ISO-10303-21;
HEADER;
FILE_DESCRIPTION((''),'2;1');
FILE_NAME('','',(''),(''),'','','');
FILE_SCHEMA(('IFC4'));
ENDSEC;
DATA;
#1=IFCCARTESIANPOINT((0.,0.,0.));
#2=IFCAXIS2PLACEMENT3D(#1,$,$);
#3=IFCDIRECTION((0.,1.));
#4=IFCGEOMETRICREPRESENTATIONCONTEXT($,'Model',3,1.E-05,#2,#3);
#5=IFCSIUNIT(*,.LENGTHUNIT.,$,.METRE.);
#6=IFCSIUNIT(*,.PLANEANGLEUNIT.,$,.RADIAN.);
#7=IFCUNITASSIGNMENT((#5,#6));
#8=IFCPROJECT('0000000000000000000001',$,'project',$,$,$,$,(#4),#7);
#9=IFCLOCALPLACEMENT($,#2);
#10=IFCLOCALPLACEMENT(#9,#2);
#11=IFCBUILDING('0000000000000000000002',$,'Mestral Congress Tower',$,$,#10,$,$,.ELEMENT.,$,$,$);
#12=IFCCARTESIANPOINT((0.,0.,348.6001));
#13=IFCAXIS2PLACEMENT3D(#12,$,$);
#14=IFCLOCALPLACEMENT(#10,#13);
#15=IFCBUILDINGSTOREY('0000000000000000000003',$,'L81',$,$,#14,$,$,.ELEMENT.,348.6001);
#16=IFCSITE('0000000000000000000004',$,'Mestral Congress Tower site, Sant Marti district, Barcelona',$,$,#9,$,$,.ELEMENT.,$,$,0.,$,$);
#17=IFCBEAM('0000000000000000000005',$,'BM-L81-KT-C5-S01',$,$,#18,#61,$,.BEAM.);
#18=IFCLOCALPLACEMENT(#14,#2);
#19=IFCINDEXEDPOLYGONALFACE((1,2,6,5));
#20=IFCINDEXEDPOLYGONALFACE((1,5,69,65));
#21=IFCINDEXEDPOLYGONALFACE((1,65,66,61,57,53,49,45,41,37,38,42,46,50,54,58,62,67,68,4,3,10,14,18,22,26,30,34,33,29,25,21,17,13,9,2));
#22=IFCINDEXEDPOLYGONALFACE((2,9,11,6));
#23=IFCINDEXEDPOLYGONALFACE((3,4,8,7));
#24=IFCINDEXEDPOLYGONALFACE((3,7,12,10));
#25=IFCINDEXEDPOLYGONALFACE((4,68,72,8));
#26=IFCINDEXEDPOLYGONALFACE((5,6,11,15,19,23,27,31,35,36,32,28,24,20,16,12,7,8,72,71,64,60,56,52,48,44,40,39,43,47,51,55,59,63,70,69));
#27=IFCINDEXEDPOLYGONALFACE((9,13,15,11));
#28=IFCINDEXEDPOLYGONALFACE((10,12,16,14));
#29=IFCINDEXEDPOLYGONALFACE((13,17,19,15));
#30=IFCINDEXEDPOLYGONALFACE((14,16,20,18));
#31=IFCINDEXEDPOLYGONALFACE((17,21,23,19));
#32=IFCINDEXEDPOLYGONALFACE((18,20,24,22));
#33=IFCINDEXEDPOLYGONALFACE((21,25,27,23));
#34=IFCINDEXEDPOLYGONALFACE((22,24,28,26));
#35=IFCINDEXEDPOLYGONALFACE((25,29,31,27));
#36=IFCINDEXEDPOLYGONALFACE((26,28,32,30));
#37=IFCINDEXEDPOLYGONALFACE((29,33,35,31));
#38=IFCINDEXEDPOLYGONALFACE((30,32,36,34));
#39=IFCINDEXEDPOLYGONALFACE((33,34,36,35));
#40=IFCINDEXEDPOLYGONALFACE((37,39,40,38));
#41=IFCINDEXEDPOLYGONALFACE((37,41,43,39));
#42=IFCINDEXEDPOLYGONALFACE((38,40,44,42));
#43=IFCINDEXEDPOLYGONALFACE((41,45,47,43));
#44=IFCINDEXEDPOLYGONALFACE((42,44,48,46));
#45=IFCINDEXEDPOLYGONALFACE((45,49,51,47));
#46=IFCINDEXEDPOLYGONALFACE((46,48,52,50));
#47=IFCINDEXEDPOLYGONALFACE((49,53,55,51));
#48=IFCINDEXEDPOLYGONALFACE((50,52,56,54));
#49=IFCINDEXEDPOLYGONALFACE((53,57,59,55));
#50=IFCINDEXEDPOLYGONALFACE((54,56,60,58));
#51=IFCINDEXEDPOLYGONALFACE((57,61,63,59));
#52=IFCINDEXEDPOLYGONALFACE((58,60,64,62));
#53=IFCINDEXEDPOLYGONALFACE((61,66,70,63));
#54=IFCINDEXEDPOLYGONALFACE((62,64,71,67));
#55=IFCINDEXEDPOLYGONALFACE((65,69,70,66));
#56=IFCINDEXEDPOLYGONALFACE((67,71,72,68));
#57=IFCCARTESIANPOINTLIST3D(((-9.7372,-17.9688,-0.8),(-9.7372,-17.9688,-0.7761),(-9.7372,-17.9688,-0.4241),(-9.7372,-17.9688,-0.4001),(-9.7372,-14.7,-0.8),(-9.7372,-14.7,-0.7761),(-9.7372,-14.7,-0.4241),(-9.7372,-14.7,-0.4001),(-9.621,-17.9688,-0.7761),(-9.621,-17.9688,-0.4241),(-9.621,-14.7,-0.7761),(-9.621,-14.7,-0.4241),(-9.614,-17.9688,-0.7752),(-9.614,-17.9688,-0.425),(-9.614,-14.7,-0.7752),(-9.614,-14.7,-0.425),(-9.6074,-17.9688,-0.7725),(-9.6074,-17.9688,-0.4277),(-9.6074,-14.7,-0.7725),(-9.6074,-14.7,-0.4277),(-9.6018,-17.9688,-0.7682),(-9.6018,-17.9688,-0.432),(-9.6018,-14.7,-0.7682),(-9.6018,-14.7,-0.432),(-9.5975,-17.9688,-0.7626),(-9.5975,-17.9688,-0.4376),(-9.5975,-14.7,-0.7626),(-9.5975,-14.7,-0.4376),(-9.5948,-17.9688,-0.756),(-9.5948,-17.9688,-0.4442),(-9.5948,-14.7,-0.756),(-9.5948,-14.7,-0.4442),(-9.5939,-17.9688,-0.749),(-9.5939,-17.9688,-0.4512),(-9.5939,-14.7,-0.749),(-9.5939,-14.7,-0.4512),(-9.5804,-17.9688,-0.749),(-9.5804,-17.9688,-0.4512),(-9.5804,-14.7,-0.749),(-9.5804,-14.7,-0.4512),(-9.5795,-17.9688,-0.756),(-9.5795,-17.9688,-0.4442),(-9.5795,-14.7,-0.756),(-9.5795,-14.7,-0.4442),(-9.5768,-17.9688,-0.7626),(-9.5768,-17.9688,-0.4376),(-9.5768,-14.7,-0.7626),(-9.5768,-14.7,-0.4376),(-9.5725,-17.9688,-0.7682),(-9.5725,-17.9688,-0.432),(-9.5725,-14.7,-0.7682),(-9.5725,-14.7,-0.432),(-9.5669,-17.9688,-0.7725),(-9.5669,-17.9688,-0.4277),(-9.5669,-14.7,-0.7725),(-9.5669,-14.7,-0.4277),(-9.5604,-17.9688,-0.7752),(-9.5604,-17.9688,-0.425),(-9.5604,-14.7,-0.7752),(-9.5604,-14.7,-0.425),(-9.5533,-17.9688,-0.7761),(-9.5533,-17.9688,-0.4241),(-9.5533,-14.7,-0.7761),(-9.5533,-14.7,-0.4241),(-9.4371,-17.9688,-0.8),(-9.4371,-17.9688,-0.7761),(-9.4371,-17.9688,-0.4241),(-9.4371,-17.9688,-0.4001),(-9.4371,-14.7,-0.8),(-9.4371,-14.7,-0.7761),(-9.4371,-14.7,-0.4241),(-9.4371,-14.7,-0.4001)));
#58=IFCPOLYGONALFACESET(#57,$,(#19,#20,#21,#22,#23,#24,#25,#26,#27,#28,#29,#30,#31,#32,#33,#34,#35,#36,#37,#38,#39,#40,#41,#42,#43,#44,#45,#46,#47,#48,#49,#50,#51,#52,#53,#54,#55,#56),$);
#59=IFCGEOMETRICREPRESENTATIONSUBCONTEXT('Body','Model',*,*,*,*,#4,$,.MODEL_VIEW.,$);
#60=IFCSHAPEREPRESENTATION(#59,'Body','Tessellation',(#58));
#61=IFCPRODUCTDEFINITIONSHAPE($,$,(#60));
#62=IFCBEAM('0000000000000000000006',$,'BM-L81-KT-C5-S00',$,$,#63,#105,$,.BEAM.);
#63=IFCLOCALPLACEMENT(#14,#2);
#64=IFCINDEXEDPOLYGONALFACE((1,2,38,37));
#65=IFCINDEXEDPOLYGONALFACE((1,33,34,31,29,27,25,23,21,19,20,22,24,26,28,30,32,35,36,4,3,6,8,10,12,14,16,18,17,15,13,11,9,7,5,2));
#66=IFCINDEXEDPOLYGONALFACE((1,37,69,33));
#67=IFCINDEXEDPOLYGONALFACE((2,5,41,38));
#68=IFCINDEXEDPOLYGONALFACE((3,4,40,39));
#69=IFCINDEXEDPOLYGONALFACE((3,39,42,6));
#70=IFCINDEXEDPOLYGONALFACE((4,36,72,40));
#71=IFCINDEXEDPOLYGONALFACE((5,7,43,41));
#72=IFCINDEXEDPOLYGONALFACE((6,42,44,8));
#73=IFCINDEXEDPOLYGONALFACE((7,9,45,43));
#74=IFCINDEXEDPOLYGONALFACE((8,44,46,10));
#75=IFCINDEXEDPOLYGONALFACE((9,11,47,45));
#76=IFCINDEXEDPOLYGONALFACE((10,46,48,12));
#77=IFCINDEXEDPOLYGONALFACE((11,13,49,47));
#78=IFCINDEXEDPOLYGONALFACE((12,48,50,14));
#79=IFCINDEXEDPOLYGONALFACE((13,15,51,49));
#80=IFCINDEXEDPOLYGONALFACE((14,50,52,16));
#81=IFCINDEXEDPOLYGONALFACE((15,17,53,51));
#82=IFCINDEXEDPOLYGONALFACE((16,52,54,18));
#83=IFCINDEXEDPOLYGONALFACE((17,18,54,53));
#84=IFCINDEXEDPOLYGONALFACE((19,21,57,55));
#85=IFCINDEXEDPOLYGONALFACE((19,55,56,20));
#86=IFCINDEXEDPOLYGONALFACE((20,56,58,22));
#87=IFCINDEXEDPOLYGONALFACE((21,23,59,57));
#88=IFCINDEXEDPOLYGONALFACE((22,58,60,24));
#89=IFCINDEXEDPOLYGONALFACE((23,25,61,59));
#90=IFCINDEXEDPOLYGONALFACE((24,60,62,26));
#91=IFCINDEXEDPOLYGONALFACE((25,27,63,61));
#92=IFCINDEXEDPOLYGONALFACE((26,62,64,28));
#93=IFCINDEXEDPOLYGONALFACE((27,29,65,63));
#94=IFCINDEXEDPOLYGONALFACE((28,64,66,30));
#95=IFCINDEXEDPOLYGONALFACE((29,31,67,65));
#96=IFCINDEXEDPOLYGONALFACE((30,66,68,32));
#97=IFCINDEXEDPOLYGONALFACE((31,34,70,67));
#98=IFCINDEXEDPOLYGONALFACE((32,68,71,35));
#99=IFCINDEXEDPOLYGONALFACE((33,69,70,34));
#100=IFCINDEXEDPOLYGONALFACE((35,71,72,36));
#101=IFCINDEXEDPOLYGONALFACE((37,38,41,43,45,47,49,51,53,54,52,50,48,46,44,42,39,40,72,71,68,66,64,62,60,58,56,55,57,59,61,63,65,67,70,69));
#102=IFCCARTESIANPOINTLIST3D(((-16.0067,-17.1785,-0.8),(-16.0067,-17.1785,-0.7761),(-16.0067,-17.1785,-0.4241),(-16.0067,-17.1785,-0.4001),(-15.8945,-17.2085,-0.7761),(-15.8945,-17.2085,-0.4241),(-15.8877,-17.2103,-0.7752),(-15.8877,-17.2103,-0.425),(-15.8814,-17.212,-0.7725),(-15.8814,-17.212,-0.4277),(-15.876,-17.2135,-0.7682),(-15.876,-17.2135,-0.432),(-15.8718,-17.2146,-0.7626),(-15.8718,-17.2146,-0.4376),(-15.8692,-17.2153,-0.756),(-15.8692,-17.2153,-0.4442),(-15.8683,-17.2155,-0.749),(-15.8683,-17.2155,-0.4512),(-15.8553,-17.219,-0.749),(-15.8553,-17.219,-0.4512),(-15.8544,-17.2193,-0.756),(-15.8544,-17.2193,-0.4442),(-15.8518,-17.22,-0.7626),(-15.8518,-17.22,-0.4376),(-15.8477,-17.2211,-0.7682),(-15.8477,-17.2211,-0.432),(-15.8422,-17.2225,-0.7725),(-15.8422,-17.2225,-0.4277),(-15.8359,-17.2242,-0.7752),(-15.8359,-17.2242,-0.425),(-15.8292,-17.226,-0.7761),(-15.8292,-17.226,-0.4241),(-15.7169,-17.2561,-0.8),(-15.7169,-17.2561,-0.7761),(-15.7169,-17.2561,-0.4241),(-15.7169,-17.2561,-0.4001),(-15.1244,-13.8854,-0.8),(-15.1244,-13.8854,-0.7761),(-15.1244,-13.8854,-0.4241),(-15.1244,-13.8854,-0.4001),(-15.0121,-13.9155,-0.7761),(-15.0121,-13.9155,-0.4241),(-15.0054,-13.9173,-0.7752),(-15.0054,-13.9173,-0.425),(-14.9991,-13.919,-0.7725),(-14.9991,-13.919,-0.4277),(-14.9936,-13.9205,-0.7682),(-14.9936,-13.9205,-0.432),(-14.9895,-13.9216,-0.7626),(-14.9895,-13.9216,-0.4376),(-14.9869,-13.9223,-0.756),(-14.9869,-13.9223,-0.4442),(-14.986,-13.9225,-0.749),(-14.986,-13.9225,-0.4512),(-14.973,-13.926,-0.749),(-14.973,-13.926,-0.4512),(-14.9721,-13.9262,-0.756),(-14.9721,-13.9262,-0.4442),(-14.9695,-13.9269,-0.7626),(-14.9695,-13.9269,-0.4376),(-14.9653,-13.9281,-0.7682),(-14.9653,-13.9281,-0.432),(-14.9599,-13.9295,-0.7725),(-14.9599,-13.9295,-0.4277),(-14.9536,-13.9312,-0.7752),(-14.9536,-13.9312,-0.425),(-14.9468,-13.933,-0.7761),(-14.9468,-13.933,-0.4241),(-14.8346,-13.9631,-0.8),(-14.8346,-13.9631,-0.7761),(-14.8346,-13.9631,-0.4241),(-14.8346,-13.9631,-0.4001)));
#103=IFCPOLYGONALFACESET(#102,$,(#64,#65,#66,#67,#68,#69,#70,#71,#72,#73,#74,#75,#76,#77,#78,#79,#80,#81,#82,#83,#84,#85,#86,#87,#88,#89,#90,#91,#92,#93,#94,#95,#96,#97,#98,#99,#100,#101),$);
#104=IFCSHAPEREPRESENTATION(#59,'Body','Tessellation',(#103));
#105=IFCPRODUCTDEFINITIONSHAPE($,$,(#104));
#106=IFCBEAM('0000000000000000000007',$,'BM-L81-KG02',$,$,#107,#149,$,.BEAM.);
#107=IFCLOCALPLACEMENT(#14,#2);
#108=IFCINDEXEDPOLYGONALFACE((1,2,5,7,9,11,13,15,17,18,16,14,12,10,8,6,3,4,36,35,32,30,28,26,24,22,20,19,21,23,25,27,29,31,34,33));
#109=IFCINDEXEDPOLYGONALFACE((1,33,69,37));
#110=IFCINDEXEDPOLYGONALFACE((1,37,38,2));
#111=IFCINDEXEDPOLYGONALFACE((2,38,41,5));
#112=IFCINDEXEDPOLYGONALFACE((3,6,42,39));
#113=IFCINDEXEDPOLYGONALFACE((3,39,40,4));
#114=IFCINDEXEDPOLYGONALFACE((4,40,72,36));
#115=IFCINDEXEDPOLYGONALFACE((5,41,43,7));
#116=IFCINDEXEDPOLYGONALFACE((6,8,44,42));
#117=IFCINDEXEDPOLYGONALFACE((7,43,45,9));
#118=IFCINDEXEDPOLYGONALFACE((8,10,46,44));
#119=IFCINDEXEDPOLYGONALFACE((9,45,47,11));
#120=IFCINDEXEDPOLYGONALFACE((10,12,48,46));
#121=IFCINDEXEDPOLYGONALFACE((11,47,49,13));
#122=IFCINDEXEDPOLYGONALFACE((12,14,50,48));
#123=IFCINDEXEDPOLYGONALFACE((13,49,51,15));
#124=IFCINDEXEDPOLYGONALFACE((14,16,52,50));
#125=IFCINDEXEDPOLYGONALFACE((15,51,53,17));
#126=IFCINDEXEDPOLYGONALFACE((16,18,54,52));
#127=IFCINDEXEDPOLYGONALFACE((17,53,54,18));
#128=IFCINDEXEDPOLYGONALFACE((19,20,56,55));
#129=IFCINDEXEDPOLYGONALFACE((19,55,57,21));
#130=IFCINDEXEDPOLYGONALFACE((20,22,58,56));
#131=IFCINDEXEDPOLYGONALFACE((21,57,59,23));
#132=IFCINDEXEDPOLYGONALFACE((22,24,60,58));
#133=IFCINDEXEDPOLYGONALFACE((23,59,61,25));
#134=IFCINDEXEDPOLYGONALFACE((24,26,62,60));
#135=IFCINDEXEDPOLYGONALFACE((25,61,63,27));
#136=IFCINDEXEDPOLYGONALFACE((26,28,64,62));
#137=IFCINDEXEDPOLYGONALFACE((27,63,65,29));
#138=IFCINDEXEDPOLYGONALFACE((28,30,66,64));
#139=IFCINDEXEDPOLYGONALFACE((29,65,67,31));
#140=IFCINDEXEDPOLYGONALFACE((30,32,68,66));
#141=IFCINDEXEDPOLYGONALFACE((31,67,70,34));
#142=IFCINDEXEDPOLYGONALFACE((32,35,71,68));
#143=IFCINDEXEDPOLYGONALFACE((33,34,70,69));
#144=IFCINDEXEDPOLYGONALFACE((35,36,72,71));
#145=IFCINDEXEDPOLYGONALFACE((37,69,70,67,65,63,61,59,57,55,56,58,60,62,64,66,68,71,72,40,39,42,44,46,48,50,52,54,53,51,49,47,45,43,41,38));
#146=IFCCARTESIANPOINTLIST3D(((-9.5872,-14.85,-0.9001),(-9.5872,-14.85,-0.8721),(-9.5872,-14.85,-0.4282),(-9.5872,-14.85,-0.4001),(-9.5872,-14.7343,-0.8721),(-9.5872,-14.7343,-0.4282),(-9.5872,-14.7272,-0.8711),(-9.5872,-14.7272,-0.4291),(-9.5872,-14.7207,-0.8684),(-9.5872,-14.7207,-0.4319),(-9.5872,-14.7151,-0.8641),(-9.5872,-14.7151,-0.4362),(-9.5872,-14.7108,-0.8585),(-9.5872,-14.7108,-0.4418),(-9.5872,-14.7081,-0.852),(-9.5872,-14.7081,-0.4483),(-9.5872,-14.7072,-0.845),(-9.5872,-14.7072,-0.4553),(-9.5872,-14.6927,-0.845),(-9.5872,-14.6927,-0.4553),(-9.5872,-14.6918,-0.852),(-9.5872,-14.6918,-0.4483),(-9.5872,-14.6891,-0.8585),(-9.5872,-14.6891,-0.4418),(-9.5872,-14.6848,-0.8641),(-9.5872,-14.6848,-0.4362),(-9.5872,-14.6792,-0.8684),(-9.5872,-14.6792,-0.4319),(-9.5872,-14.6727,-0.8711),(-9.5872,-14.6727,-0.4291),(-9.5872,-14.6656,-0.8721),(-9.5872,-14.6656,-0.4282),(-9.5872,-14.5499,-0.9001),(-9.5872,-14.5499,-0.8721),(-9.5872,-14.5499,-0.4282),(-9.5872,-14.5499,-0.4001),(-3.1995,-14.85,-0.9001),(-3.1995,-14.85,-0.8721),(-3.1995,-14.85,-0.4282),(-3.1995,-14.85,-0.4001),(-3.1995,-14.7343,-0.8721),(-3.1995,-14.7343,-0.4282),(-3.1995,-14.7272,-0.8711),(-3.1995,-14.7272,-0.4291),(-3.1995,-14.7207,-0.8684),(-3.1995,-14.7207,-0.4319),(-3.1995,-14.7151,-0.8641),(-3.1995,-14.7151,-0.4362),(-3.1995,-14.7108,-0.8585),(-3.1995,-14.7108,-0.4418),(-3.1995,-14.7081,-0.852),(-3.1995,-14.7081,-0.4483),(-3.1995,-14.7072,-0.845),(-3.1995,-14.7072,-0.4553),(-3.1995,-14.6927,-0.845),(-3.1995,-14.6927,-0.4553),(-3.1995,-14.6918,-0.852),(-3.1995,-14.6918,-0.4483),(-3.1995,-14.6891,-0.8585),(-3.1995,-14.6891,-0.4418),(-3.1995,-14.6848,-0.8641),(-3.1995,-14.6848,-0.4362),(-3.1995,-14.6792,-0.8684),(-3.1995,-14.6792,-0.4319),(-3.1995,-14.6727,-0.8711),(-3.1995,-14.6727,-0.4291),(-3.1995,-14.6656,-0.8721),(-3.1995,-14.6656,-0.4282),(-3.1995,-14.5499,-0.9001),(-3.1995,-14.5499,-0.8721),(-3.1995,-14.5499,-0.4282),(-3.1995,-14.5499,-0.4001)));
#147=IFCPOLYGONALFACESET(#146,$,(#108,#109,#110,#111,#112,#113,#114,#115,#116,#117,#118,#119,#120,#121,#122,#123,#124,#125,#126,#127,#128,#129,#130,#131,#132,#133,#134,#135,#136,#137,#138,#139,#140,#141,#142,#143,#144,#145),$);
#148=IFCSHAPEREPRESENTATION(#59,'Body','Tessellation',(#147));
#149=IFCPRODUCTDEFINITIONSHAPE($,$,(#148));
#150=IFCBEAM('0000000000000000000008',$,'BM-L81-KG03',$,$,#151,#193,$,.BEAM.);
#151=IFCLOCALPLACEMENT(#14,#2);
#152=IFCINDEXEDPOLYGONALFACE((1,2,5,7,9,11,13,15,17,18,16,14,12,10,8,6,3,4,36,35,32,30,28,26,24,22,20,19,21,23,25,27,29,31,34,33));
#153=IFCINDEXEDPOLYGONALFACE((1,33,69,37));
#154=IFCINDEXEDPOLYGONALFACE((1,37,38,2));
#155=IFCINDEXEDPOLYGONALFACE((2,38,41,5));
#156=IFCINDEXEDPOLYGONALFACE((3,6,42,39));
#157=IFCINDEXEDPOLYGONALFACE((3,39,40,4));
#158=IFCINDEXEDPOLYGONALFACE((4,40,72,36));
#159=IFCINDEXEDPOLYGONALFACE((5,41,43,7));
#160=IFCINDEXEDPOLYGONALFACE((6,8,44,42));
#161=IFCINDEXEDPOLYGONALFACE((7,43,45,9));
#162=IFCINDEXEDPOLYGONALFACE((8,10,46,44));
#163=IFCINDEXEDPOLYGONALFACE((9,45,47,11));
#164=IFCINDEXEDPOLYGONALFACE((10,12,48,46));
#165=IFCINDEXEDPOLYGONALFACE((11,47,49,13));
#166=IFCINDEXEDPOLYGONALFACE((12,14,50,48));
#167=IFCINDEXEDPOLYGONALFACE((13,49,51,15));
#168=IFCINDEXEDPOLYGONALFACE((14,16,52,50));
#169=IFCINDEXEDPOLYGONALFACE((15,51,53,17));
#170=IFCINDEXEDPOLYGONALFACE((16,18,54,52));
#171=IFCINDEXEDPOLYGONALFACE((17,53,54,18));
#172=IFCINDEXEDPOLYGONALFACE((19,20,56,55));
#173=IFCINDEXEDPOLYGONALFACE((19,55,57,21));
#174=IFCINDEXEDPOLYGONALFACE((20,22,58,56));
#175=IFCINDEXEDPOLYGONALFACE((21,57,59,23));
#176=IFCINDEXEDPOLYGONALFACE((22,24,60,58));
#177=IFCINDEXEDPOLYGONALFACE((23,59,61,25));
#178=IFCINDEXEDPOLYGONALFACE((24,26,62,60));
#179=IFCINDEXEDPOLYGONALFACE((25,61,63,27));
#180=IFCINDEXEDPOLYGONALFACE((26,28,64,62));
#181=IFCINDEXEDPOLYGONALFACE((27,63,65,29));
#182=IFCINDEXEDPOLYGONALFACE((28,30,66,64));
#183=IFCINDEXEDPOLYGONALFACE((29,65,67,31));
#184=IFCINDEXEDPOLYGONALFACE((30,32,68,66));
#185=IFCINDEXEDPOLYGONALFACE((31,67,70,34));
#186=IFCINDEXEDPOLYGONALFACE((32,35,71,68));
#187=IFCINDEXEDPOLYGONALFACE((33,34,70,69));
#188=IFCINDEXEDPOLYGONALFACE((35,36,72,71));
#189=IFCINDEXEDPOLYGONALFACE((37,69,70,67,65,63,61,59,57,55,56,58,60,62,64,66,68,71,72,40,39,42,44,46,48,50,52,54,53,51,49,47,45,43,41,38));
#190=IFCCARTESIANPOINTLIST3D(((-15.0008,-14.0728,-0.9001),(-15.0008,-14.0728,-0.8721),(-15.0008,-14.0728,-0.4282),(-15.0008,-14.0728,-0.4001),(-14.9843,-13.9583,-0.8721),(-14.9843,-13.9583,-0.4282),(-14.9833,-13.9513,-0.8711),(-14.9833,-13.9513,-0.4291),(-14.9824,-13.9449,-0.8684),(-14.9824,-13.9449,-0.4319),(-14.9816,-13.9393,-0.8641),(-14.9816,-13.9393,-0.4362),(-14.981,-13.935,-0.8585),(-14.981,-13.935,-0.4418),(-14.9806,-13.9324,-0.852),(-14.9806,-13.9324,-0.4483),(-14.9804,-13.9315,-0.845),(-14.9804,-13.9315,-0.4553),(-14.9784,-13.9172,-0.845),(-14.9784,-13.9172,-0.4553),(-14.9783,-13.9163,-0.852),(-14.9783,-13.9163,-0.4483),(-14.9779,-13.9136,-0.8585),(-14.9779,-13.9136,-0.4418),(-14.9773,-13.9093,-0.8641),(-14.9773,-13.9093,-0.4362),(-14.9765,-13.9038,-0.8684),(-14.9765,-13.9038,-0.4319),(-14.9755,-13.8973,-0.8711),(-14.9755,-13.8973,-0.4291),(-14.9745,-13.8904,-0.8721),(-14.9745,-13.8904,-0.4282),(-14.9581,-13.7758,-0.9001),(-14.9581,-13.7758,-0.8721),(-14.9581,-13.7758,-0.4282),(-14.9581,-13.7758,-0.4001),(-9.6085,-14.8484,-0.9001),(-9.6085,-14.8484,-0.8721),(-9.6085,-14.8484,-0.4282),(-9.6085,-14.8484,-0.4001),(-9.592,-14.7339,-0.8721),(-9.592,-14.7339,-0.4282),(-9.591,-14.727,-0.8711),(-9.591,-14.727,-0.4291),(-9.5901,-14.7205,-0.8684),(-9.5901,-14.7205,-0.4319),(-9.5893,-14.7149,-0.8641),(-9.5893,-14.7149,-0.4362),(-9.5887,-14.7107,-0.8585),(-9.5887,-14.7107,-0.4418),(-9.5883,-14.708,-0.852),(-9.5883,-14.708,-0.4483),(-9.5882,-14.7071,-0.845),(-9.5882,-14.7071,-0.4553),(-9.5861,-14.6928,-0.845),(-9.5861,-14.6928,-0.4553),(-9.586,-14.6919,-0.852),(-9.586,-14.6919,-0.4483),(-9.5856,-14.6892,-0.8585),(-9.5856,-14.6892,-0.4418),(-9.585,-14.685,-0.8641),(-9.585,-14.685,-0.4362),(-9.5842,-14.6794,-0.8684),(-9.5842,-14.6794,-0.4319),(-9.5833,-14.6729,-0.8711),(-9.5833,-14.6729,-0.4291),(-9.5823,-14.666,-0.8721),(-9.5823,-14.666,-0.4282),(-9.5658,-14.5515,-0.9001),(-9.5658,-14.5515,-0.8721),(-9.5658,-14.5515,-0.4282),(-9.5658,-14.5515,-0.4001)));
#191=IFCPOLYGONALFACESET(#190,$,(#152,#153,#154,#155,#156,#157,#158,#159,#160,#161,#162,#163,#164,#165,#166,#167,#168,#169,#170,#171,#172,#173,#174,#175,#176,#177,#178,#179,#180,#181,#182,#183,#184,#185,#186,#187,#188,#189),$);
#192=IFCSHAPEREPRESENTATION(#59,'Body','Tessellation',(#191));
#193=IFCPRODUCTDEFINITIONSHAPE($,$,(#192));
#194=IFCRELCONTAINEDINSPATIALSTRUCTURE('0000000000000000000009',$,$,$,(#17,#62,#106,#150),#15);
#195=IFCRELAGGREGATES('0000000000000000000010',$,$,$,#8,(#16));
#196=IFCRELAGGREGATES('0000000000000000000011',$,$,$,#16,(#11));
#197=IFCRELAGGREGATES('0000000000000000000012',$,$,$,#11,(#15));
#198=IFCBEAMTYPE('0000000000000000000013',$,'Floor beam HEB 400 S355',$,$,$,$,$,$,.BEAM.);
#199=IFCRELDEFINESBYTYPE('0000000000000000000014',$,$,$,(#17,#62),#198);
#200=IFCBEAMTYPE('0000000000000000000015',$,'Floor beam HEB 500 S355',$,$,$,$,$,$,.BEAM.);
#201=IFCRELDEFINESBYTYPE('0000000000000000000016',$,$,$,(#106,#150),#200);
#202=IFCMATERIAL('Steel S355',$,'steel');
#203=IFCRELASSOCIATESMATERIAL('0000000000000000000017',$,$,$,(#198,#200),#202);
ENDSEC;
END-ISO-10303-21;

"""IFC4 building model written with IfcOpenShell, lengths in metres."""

from ifc_helpers import new_model, si_unit, direction, frame, origin, origin_2d, place, context, subcontext, project, spatial, i_section, extrude, material, material_profile, profile_set, type_object, element, save


model = new_model("IFC4")

# Units and contexts
model_context = context("Model", 3, precision=1e-05, world=origin(), true_north=direction((0.0, 1.0)))
body_context = subcontext(model_context, "Body", "Model", "MODEL_VIEW")
ifc_project = project(units=[si_unit("LENGTHUNIT", "METRE"), si_unit("PLANEANGLEUNIT", "RADIAN")], contexts=[model_context])

# Site, building, storey
site_placement = place(None, origin())
site = spatial("IfcSite", under=ifc_project, at=site_placement, Name="Mestral Congress Tower site, Sant Marti district, Barcelona", CompositionType="ELEMENT", RefElevation=0.0)
building_placement = place(site_placement, origin())
building = spatial("IfcBuilding", under=site, at=building_placement, Name="Mestral Congress Tower", CompositionType="ELEMENT")
storey_placement = place(building_placement, frame((0.0, 0.0, 348.6001)))
storey = spatial("IfcBuildingStorey", under=building, at=storey_placement, Name="L81", CompositionType="ELEMENT", Elevation=348.6001)

# Beams
ifc_material_1 = material(Name="Steel S355", Category="steel")
ifc_material_profile_1 = material_profile(ifc_material_1, i_section(OverallWidth=0.3, OverallDepth=0.3999, WebThickness=0.0134, FlangeThickness=0.0239, FilletRadius=0.0271, at=origin_2d()), Name="HEB 400")
ifc_profile_set_1 = profile_set([ifc_material_profile_1], Name="Steel S355")
beam_type_1 = type_object("IfcBeamType", Name="Floor beam HEB 400 S355", PredefinedType="BEAM", material=ifc_profile_set_1)
beam_1_placement = place(storey_placement, frame((-9.5872, -17.9688, -0.6001), z_axis=(0.0, 1.0, 0.0), x_axis=(-1.0, 0.0, 0.0)))
element("IfcBeam", 1, at=beam_1_placement, inside=storey, type_object=beam_type_1, Name="BM-L81-KT-C5-S01", PredefinedType="BEAM", context=body_context, shape_type="SweptSolid", body=[
    extrude(i_section(OverallWidth=0.3, OverallDepth=0.3999, WebThickness=0.0134, FlangeThickness=0.0239, FilletRadius=0.0271, at=origin_2d()), origin(), (0.0, 0.0, 1.0), 3.2688),
])
beam_2_placement = place(storey_placement, frame((-15.8618, -17.2173, -0.6001), z_axis=(0.258812, 0.965928, 0.0), x_axis=(-0.965928, 0.258812, 0.0)))
element("IfcBeam", 2, at=beam_2_placement, inside=storey, type_object=beam_type_1, Name="BM-L81-KT-C5-S00", PredefinedType="BEAM", context=body_context, shape_type="SweptSolid", body=[
    extrude(i_section(OverallWidth=0.3, OverallDepth=0.3999, WebThickness=0.0134, FlangeThickness=0.0239, FilletRadius=0.0271, at=origin_2d()), origin(), (0.0, 0.0, 1.0), 3.4092),
])
ifc_material_profile_2 = material_profile(ifc_material_1, i_section(OverallWidth=0.3, OverallDepth=0.5, WebThickness=0.0144, FlangeThickness=0.0281, FilletRadius=0.0271, at=origin_2d()), Name="HEB 500")
ifc_profile_set_2 = profile_set([ifc_material_profile_2], Name="Steel S355")
beam_type_2 = type_object("IfcBeamType", Name="Floor beam HEB 500 S355", PredefinedType="BEAM", material=ifc_profile_set_2)
beam_3_placement = place(storey_placement, frame((-3.1995, -14.7, -0.6501), z_axis=(-1.0, 0.0, 0.0), x_axis=(0.0, -1.0, 0.0)))
element("IfcBeam", 3, at=beam_3_placement, inside=storey, type_object=beam_type_2, Name="BM-L81-KG02", PredefinedType="BEAM", context=body_context, shape_type="SweptSolid", body=[
    extrude(i_section(OverallWidth=0.3, OverallDepth=0.5, WebThickness=0.0144, FlangeThickness=0.0281, FilletRadius=0.0271, at=origin_2d()), origin(), (0.0, 0.0, 1.0), 6.3877),
])
beam_4_placement = place(storey_placement, frame((-9.5872, -14.7, -0.6501), z_axis=(-0.989813, 0.142375, 0.0), x_axis=(-0.142375, -0.989813, 0.0)))
element("IfcBeam", 4, at=beam_4_placement, inside=storey, type_object=beam_type_2, Name="BM-L81-KG03", PredefinedType="BEAM", context=body_context, shape_type="SweptSolid", body=[
    extrude(i_section(OverallWidth=0.3, OverallDepth=0.5, WebThickness=0.0144, FlangeThickness=0.0281, FilletRadius=0.0271, at=origin_2d()), origin(), (0.0, 0.0, 1.0), 5.4478),
])

save(model, "model.ifc")
